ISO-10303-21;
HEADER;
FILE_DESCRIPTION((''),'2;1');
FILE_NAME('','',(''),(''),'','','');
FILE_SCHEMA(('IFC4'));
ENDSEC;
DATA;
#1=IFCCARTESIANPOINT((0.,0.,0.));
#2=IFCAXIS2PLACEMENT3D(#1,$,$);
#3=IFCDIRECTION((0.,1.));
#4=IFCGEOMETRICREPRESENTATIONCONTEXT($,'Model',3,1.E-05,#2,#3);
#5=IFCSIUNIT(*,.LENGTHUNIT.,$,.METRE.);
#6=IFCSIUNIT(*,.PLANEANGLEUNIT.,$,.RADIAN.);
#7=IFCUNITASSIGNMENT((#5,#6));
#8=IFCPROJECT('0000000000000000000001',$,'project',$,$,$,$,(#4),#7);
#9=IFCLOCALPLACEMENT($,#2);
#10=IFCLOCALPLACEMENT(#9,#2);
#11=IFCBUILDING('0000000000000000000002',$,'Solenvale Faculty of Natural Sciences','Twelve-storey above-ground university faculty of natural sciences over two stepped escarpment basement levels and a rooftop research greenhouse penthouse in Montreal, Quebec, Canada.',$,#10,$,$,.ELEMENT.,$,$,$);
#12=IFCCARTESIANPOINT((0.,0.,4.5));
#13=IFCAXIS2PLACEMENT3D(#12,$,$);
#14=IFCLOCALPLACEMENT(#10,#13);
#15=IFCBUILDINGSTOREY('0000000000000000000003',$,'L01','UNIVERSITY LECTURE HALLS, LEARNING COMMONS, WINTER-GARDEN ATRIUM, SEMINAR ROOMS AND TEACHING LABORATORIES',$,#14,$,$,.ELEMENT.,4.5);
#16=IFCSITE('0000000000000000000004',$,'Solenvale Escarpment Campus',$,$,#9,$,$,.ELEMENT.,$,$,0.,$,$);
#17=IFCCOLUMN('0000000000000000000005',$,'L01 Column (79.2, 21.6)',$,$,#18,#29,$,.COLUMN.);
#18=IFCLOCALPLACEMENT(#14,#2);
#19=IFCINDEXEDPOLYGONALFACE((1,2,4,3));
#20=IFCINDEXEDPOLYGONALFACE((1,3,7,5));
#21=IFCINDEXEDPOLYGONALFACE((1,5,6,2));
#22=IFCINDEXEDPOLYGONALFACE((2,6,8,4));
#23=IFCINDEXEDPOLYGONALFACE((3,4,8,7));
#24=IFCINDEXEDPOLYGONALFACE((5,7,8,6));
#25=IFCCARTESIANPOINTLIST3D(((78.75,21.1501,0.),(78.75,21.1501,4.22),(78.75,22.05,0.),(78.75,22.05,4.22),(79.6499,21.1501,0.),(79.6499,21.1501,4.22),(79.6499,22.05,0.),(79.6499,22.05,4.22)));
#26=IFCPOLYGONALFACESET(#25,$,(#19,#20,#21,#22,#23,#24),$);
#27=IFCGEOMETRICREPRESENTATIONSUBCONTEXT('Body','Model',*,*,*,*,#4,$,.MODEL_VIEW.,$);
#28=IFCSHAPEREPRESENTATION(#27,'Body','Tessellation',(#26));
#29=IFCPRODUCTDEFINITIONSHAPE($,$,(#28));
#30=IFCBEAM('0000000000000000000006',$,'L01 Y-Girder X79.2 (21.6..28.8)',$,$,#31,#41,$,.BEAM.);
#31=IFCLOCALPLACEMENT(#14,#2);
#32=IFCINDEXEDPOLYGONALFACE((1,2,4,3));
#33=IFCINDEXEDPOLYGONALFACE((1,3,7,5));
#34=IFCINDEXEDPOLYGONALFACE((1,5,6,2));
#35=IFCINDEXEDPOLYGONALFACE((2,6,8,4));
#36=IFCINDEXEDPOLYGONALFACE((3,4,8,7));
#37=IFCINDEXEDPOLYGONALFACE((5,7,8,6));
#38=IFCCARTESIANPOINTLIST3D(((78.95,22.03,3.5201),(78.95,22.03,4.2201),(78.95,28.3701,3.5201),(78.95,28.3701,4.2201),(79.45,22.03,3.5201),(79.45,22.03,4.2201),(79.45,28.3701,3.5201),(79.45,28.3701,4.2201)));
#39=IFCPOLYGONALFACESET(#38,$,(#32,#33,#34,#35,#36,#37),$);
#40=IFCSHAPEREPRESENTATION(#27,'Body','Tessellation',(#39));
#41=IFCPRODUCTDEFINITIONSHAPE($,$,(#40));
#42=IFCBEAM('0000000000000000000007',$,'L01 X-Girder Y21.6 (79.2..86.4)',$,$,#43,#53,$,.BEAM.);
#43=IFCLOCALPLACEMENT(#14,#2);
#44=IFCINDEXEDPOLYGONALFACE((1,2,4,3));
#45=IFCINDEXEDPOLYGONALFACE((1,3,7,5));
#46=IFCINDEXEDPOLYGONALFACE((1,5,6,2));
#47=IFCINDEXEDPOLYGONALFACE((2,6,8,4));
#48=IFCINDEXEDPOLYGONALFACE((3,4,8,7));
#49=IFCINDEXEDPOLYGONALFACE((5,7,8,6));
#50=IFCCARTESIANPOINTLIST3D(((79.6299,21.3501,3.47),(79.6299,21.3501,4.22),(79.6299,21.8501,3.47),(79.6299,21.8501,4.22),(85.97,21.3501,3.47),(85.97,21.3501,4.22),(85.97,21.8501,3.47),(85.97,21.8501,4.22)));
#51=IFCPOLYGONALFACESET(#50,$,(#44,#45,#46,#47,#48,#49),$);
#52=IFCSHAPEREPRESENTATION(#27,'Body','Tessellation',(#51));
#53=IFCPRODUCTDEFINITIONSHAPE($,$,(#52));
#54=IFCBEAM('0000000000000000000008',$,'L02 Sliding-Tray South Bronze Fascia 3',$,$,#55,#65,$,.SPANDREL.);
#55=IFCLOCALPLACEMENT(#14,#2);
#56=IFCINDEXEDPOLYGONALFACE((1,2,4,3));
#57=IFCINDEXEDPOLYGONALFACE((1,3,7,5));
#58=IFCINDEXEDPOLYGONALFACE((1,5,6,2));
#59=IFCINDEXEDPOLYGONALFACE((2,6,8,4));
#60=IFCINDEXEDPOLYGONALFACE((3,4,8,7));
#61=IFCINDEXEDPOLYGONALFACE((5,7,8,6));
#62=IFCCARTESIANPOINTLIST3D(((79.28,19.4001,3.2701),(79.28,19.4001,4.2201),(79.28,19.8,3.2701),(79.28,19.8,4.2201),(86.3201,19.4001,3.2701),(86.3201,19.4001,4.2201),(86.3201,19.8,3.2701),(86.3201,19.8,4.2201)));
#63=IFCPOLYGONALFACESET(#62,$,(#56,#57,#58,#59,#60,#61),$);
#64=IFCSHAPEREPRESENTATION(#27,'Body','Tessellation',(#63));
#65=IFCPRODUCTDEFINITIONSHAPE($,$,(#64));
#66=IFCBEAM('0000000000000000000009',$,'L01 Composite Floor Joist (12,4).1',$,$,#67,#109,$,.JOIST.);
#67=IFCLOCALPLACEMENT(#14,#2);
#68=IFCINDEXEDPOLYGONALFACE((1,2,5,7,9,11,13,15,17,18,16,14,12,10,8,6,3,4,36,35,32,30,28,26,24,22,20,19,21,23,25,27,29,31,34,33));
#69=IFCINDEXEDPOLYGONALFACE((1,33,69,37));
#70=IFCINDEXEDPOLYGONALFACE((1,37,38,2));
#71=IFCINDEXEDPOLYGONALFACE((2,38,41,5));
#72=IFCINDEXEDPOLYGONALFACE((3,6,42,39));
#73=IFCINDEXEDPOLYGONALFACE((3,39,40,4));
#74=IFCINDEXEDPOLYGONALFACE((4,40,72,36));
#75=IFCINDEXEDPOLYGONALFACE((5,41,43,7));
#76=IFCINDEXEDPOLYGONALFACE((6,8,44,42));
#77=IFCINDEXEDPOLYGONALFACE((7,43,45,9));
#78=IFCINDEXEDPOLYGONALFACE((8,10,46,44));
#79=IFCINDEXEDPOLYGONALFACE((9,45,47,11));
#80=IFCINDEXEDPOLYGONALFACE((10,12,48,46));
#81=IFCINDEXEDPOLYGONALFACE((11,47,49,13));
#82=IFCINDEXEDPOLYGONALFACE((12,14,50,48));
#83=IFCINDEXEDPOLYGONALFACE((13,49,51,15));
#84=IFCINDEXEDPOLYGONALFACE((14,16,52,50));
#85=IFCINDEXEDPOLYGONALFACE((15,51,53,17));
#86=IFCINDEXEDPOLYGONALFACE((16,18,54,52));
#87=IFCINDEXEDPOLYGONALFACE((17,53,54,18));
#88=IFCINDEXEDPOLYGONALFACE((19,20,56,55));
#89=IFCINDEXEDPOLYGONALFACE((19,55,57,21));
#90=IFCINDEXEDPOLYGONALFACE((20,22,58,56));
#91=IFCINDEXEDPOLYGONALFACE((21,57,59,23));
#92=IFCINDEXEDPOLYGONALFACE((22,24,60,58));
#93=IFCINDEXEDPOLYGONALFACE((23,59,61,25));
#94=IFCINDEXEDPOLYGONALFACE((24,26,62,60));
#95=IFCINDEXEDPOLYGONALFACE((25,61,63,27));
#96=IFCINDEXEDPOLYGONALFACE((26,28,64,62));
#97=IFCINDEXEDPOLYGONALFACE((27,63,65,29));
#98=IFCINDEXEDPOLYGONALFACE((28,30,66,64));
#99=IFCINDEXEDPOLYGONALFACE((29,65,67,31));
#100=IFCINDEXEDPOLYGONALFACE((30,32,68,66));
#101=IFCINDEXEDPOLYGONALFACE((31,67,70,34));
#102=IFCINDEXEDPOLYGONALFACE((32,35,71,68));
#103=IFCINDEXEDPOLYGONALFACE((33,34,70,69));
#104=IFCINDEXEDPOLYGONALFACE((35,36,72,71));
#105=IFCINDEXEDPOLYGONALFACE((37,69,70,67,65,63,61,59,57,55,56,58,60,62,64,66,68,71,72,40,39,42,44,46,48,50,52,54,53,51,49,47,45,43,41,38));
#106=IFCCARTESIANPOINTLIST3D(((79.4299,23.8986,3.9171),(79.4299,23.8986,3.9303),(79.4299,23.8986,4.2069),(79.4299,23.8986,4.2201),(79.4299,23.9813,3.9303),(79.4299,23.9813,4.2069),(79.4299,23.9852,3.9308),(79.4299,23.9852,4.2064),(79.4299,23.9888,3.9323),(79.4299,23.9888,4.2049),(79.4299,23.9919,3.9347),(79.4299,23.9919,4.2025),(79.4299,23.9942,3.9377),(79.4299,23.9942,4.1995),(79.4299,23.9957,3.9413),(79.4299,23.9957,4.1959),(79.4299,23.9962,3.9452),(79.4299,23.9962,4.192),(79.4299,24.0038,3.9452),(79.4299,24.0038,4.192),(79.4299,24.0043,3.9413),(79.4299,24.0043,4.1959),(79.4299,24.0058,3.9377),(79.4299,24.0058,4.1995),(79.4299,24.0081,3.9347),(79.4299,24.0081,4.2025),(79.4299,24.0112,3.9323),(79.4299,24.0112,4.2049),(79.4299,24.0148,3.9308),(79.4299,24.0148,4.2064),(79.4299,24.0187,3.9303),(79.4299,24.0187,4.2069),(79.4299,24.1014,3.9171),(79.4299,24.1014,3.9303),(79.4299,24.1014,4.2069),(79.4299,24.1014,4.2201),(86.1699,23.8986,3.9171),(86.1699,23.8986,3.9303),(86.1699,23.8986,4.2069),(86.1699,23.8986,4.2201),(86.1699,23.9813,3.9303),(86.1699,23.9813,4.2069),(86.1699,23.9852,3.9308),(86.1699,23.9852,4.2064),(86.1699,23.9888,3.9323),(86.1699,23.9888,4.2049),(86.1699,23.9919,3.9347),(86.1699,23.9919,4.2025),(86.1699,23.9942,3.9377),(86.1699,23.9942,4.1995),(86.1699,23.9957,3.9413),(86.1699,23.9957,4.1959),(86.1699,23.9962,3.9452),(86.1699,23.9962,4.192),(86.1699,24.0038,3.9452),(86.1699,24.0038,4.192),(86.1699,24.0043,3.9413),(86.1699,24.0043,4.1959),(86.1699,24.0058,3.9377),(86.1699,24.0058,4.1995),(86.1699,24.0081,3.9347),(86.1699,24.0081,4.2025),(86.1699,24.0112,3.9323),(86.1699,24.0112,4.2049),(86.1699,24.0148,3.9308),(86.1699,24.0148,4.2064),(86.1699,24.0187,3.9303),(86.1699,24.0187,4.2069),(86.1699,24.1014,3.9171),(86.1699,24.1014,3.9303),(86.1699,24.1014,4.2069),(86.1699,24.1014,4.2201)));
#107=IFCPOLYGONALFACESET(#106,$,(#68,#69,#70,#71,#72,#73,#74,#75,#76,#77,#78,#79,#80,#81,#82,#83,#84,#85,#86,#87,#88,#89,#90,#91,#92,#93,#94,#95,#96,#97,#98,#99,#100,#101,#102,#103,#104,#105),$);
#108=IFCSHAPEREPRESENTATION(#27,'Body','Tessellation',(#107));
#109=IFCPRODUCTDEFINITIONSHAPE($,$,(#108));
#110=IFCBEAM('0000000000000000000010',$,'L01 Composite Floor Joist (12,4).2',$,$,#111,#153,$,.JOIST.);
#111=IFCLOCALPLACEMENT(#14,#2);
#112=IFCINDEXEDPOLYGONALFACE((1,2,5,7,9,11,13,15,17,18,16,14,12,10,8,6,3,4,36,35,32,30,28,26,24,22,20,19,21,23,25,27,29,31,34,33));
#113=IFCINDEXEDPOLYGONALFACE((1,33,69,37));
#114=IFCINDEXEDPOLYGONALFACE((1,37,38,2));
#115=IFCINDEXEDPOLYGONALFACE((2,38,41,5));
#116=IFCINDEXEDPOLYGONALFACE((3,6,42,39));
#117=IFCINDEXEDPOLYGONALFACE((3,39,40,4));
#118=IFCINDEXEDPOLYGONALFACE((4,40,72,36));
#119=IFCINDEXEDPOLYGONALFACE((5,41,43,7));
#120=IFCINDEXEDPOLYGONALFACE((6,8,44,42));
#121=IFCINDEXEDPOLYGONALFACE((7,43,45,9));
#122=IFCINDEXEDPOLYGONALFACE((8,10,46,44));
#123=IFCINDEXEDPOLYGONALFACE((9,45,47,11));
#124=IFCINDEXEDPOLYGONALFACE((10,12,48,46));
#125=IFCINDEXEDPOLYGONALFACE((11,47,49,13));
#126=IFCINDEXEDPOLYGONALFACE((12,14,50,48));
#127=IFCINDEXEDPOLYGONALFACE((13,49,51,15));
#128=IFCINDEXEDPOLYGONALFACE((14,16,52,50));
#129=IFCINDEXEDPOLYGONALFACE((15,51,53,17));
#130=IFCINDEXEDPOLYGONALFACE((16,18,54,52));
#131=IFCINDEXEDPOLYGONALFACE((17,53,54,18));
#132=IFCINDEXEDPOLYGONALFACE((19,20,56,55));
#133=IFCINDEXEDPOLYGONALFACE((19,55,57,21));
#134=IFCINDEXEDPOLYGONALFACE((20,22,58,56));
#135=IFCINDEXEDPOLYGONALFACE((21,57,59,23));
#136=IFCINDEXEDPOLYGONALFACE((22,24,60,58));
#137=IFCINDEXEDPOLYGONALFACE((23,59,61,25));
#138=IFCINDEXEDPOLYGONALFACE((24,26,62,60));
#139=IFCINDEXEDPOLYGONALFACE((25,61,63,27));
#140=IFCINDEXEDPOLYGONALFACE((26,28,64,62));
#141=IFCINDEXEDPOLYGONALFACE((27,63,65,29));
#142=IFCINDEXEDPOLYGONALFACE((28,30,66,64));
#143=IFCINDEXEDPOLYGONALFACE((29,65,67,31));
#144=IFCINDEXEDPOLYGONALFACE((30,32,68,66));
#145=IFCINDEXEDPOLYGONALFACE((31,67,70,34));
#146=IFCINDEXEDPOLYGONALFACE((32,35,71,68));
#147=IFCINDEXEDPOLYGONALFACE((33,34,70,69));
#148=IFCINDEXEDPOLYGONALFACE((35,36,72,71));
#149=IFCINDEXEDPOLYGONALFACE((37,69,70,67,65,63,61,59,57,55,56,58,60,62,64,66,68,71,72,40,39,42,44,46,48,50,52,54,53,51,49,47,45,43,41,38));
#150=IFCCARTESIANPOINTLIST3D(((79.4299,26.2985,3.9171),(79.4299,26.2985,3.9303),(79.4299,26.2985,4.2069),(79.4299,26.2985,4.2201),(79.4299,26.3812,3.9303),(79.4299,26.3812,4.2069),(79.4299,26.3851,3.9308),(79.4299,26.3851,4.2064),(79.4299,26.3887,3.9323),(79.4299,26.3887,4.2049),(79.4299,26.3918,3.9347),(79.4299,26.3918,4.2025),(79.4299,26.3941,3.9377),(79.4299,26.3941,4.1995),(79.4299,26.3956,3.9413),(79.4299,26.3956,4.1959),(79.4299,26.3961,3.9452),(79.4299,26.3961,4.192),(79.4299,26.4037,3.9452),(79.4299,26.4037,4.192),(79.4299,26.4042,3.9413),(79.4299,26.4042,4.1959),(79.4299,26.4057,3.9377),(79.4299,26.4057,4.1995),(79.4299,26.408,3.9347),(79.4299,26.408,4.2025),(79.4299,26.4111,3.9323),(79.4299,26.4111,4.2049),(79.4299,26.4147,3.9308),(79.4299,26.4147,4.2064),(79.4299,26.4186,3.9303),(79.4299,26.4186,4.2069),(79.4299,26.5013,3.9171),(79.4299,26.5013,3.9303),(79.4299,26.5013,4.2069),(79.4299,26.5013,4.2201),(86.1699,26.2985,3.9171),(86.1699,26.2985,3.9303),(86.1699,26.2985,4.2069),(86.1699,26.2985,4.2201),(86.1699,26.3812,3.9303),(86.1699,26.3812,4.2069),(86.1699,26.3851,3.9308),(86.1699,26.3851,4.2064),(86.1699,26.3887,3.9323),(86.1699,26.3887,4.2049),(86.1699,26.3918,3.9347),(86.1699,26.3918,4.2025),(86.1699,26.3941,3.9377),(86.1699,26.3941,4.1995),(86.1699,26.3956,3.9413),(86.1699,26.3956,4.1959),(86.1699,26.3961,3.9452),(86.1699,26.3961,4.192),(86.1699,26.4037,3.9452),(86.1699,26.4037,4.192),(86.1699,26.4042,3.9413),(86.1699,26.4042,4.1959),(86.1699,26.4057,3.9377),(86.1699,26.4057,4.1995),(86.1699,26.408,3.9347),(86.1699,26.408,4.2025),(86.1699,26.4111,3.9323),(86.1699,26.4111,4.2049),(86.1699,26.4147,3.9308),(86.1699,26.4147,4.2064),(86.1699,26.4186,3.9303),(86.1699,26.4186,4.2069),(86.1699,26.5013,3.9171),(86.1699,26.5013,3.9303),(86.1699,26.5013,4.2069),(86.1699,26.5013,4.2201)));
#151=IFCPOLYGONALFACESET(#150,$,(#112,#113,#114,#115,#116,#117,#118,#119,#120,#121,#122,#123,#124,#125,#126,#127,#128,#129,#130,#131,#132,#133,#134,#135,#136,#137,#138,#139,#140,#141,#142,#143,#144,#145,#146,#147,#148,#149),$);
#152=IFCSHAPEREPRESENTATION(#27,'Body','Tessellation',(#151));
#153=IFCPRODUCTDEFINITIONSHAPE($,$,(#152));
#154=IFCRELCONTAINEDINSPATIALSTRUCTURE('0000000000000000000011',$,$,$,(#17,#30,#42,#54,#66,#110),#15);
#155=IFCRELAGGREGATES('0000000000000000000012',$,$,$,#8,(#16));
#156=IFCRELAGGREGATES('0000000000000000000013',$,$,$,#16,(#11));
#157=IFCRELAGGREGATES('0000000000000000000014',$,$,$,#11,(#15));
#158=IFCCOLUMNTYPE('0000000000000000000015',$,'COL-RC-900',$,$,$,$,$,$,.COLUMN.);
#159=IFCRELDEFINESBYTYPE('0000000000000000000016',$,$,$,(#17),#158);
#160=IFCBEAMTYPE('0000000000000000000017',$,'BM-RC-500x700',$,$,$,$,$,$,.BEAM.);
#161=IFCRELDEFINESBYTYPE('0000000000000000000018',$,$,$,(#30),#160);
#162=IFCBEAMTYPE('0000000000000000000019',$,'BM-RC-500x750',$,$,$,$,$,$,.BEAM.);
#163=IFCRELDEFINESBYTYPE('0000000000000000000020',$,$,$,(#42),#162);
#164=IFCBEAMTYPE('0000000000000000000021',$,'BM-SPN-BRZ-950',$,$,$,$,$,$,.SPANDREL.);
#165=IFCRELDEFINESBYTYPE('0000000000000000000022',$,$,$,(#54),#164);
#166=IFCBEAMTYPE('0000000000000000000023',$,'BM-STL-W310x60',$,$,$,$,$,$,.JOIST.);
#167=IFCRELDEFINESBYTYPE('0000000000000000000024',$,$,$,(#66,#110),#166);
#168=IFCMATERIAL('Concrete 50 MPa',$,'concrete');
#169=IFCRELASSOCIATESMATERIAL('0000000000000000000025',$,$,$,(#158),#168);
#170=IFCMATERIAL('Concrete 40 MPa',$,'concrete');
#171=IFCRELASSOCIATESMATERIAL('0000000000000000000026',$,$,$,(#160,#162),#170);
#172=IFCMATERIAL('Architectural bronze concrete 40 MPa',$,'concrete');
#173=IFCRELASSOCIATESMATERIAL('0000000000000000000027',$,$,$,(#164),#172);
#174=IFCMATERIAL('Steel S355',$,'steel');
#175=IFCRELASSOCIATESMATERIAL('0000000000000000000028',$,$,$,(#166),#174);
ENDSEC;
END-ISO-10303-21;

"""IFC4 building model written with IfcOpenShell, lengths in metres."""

from ifc_helpers import new_model, si_unit, direction, frame, origin, origin_2d, place, context, subcontext, project, spatial, rectangle, i_section, extrude, material, material_profile, profile_set, type_object, element, save


model = new_model("IFC4")

# Units and contexts
model_context = context("Model", 3, precision=1e-05, world=origin(), true_north=direction((0.0, 1.0)))
body_context = subcontext(model_context, "Body", "Model", "MODEL_VIEW")
ifc_project = project(units=[si_unit("LENGTHUNIT", "METRE"), si_unit("PLANEANGLEUNIT", "RADIAN")], contexts=[model_context])

# Site, building, storey
site_placement = place(None, origin())
site = spatial("IfcSite", under=ifc_project, at=site_placement, Name="Solenvale Escarpment Campus", CompositionType="ELEMENT", RefElevation=0.0)
building_placement = place(site_placement, origin())
building = spatial("IfcBuilding", under=site, at=building_placement, Name="Solenvale Faculty of Natural Sciences", Description="Twelve-storey above-ground university faculty of natural sciences over two stepped escarpment basement levels and a rooftop research greenhouse penthouse in Montreal, Quebec, Canada.", CompositionType="ELEMENT")
storey_placement = place(building_placement, frame((0.0, 0.0, 4.5)))
storey = spatial("IfcBuildingStorey", under=building, at=storey_placement, Name="L01", Description="UNIVERSITY LECTURE HALLS, LEARNING COMMONS, WINTER-GARDEN ATRIUM, SEMINAR ROOMS AND TEACHING LABORATORIES", CompositionType="ELEMENT", Elevation=4.5)

# Column
ifc_material_1 = material(Name="Concrete 50 MPa", Category="concrete")
ifc_material_profile_1 = material_profile(ifc_material_1, rectangle(XDim=0.8999, YDim=0.8999, at=origin_2d()), Name="RC-COL-900x900")
ifc_profile_set_1 = profile_set([ifc_material_profile_1], Name="Concrete 50 MPa")
column_type = type_object("IfcColumnType", Name="COL-RC-900", PredefinedType="COLUMN", material=ifc_profile_set_1)
column_placement = place(storey_placement, frame((79.2, 21.6001, 0.0), z_axis=(0.0, 0.0, 1.0), x_axis=(1.0, 0.0, 0.0)))
element("IfcColumn", 1, at=column_placement, inside=storey, type_object=column_type, Name="L01 Column (79.2, 21.6)", PredefinedType="COLUMN", context=body_context, shape_type="SweptSolid", body=[
    extrude(rectangle(XDim=0.8999, YDim=0.8999, at=origin_2d()), origin(), (0.0, 0.0, 1.0), 4.22),
])

# Beams
ifc_material_2 = material(Name="Concrete 40 MPa", Category="concrete")
ifc_material_profile_2 = material_profile(ifc_material_2, rectangle(XDim=0.5, YDim=0.7, at=origin_2d()), Name="RC-BM-500x700")
ifc_profile_set_2 = profile_set([ifc_material_profile_2], Name="Concrete 40 MPa")
beam_type_1 = type_object("IfcBeamType", Name="BM-RC-500x700", PredefinedType="BEAM", material=ifc_profile_set_2)
beam_1_placement = place(storey_placement, frame((79.2, 22.03, 3.8701), z_axis=(0.0, 1.0, 0.0), x_axis=(-1.0, 0.0, 0.0)))
element("IfcBeam", 2, at=beam_1_placement, inside=storey, type_object=beam_type_1, Name="L01 Y-Girder X79.2 (21.6..28.8)", PredefinedType="BEAM", context=body_context, shape_type="SweptSolid", body=[
    extrude(rectangle(XDim=0.5, YDim=0.7, at=origin_2d()), origin(), (0.0, 0.0, 1.0), 6.3401),
])
ifc_material_profile_3 = material_profile(ifc_material_2, rectangle(XDim=0.5, YDim=0.75, at=origin_2d()), Name="RC-BM-500x750")
ifc_profile_set_3 = profile_set([ifc_material_profile_3], Name="Concrete 40 MPa")
beam_type_2 = type_object("IfcBeamType", Name="BM-RC-500x750", PredefinedType="BEAM", material=ifc_profile_set_3)
beam_2_placement = place(storey_placement, frame((79.6299, 21.6001, 3.845), z_axis=(1.0, 0.0, 0.0), x_axis=(0.0, 1.0, 0.0)))
element("IfcBeam", 3, at=beam_2_placement, inside=storey, type_object=beam_type_2, Name="L01 X-Girder Y21.6 (79.2..86.4)", PredefinedType="BEAM", context=body_context, shape_type="SweptSolid", body=[
    extrude(rectangle(XDim=0.5, YDim=0.75, at=origin_2d()), origin(), (0.0, 0.0, 1.0), 6.3401),
])
ifc_material_3 = material(Name="Architectural bronze concrete 40 MPa", Category="concrete")
ifc_material_profile_4 = material_profile(ifc_material_3, rectangle(XDim=0.3999, YDim=0.95, at=origin_2d()), Name="RC-SPN-400x950")
ifc_profile_set_4 = profile_set([ifc_material_profile_4], Name="Architectural bronze concrete 40 MPa")
beam_type_3 = type_object("IfcBeamType", Name="BM-SPN-BRZ-950", PredefinedType="SPANDREL", material=ifc_profile_set_4)
beam_3_placement = place(storey_placement, frame((79.28, 19.6001, 3.7451), z_axis=(1.0, 0.0, 0.0), x_axis=(0.0, 1.0, 0.0)))
element("IfcBeam", 4, at=beam_3_placement, inside=storey, type_object=beam_type_3, Name="L02 Sliding-Tray South Bronze Fascia 3", PredefinedType="SPANDREL", context=body_context, shape_type="SweptSolid", body=[
    extrude(rectangle(XDim=0.3999, YDim=0.95, at=origin_2d()), origin(), (0.0, 0.0, 1.0), 7.04),
])
ifc_material_4 = material(Name="Steel S355", Category="steel")
ifc_material_profile_5 = material_profile(ifc_material_4, i_section(OverallWidth=0.2029, OverallDepth=0.303, WebThickness=0.0076, FlangeThickness=0.0132, FilletRadius=0.0149, at=origin_2d()), Name="W310x60")
ifc_profile_set_5 = profile_set([ifc_material_profile_5], Name="Steel S355")
beam_type_4 = type_object("IfcBeamType", Name="BM-STL-W310x60", PredefinedType="JOIST", material=ifc_profile_set_5)
for number, where, z_axis, x_axis, name in (
    (5, (79.4299, 24.0, 4.0686), (1.0, 0.0, 0.0), (0.0, 1.0, 0.0), "L01 Composite Floor Joist (12,4).1"),
    (6, (79.4299, 26.3999, 4.0686), (1.0, 0.0, 0.0), (0.0, 1.0, 0.0), "L01 Composite Floor Joist (12,4).2"),
):
    element("IfcBeam", number, at=place(storey_placement, frame(where, z_axis=z_axis, x_axis=x_axis)), inside=storey, type_object=beam_type_4, Name=name, PredefinedType="JOIST", context=body_context, shape_type="SweptSolid", body=[
        extrude(i_section(OverallWidth=0.2029, OverallDepth=0.303, WebThickness=0.0076, FlangeThickness=0.0132, FilletRadius=0.0149, at=origin_2d()), origin(), (0.0, 0.0, 1.0), 6.74),
    ])

save(model, "model.ifc")
